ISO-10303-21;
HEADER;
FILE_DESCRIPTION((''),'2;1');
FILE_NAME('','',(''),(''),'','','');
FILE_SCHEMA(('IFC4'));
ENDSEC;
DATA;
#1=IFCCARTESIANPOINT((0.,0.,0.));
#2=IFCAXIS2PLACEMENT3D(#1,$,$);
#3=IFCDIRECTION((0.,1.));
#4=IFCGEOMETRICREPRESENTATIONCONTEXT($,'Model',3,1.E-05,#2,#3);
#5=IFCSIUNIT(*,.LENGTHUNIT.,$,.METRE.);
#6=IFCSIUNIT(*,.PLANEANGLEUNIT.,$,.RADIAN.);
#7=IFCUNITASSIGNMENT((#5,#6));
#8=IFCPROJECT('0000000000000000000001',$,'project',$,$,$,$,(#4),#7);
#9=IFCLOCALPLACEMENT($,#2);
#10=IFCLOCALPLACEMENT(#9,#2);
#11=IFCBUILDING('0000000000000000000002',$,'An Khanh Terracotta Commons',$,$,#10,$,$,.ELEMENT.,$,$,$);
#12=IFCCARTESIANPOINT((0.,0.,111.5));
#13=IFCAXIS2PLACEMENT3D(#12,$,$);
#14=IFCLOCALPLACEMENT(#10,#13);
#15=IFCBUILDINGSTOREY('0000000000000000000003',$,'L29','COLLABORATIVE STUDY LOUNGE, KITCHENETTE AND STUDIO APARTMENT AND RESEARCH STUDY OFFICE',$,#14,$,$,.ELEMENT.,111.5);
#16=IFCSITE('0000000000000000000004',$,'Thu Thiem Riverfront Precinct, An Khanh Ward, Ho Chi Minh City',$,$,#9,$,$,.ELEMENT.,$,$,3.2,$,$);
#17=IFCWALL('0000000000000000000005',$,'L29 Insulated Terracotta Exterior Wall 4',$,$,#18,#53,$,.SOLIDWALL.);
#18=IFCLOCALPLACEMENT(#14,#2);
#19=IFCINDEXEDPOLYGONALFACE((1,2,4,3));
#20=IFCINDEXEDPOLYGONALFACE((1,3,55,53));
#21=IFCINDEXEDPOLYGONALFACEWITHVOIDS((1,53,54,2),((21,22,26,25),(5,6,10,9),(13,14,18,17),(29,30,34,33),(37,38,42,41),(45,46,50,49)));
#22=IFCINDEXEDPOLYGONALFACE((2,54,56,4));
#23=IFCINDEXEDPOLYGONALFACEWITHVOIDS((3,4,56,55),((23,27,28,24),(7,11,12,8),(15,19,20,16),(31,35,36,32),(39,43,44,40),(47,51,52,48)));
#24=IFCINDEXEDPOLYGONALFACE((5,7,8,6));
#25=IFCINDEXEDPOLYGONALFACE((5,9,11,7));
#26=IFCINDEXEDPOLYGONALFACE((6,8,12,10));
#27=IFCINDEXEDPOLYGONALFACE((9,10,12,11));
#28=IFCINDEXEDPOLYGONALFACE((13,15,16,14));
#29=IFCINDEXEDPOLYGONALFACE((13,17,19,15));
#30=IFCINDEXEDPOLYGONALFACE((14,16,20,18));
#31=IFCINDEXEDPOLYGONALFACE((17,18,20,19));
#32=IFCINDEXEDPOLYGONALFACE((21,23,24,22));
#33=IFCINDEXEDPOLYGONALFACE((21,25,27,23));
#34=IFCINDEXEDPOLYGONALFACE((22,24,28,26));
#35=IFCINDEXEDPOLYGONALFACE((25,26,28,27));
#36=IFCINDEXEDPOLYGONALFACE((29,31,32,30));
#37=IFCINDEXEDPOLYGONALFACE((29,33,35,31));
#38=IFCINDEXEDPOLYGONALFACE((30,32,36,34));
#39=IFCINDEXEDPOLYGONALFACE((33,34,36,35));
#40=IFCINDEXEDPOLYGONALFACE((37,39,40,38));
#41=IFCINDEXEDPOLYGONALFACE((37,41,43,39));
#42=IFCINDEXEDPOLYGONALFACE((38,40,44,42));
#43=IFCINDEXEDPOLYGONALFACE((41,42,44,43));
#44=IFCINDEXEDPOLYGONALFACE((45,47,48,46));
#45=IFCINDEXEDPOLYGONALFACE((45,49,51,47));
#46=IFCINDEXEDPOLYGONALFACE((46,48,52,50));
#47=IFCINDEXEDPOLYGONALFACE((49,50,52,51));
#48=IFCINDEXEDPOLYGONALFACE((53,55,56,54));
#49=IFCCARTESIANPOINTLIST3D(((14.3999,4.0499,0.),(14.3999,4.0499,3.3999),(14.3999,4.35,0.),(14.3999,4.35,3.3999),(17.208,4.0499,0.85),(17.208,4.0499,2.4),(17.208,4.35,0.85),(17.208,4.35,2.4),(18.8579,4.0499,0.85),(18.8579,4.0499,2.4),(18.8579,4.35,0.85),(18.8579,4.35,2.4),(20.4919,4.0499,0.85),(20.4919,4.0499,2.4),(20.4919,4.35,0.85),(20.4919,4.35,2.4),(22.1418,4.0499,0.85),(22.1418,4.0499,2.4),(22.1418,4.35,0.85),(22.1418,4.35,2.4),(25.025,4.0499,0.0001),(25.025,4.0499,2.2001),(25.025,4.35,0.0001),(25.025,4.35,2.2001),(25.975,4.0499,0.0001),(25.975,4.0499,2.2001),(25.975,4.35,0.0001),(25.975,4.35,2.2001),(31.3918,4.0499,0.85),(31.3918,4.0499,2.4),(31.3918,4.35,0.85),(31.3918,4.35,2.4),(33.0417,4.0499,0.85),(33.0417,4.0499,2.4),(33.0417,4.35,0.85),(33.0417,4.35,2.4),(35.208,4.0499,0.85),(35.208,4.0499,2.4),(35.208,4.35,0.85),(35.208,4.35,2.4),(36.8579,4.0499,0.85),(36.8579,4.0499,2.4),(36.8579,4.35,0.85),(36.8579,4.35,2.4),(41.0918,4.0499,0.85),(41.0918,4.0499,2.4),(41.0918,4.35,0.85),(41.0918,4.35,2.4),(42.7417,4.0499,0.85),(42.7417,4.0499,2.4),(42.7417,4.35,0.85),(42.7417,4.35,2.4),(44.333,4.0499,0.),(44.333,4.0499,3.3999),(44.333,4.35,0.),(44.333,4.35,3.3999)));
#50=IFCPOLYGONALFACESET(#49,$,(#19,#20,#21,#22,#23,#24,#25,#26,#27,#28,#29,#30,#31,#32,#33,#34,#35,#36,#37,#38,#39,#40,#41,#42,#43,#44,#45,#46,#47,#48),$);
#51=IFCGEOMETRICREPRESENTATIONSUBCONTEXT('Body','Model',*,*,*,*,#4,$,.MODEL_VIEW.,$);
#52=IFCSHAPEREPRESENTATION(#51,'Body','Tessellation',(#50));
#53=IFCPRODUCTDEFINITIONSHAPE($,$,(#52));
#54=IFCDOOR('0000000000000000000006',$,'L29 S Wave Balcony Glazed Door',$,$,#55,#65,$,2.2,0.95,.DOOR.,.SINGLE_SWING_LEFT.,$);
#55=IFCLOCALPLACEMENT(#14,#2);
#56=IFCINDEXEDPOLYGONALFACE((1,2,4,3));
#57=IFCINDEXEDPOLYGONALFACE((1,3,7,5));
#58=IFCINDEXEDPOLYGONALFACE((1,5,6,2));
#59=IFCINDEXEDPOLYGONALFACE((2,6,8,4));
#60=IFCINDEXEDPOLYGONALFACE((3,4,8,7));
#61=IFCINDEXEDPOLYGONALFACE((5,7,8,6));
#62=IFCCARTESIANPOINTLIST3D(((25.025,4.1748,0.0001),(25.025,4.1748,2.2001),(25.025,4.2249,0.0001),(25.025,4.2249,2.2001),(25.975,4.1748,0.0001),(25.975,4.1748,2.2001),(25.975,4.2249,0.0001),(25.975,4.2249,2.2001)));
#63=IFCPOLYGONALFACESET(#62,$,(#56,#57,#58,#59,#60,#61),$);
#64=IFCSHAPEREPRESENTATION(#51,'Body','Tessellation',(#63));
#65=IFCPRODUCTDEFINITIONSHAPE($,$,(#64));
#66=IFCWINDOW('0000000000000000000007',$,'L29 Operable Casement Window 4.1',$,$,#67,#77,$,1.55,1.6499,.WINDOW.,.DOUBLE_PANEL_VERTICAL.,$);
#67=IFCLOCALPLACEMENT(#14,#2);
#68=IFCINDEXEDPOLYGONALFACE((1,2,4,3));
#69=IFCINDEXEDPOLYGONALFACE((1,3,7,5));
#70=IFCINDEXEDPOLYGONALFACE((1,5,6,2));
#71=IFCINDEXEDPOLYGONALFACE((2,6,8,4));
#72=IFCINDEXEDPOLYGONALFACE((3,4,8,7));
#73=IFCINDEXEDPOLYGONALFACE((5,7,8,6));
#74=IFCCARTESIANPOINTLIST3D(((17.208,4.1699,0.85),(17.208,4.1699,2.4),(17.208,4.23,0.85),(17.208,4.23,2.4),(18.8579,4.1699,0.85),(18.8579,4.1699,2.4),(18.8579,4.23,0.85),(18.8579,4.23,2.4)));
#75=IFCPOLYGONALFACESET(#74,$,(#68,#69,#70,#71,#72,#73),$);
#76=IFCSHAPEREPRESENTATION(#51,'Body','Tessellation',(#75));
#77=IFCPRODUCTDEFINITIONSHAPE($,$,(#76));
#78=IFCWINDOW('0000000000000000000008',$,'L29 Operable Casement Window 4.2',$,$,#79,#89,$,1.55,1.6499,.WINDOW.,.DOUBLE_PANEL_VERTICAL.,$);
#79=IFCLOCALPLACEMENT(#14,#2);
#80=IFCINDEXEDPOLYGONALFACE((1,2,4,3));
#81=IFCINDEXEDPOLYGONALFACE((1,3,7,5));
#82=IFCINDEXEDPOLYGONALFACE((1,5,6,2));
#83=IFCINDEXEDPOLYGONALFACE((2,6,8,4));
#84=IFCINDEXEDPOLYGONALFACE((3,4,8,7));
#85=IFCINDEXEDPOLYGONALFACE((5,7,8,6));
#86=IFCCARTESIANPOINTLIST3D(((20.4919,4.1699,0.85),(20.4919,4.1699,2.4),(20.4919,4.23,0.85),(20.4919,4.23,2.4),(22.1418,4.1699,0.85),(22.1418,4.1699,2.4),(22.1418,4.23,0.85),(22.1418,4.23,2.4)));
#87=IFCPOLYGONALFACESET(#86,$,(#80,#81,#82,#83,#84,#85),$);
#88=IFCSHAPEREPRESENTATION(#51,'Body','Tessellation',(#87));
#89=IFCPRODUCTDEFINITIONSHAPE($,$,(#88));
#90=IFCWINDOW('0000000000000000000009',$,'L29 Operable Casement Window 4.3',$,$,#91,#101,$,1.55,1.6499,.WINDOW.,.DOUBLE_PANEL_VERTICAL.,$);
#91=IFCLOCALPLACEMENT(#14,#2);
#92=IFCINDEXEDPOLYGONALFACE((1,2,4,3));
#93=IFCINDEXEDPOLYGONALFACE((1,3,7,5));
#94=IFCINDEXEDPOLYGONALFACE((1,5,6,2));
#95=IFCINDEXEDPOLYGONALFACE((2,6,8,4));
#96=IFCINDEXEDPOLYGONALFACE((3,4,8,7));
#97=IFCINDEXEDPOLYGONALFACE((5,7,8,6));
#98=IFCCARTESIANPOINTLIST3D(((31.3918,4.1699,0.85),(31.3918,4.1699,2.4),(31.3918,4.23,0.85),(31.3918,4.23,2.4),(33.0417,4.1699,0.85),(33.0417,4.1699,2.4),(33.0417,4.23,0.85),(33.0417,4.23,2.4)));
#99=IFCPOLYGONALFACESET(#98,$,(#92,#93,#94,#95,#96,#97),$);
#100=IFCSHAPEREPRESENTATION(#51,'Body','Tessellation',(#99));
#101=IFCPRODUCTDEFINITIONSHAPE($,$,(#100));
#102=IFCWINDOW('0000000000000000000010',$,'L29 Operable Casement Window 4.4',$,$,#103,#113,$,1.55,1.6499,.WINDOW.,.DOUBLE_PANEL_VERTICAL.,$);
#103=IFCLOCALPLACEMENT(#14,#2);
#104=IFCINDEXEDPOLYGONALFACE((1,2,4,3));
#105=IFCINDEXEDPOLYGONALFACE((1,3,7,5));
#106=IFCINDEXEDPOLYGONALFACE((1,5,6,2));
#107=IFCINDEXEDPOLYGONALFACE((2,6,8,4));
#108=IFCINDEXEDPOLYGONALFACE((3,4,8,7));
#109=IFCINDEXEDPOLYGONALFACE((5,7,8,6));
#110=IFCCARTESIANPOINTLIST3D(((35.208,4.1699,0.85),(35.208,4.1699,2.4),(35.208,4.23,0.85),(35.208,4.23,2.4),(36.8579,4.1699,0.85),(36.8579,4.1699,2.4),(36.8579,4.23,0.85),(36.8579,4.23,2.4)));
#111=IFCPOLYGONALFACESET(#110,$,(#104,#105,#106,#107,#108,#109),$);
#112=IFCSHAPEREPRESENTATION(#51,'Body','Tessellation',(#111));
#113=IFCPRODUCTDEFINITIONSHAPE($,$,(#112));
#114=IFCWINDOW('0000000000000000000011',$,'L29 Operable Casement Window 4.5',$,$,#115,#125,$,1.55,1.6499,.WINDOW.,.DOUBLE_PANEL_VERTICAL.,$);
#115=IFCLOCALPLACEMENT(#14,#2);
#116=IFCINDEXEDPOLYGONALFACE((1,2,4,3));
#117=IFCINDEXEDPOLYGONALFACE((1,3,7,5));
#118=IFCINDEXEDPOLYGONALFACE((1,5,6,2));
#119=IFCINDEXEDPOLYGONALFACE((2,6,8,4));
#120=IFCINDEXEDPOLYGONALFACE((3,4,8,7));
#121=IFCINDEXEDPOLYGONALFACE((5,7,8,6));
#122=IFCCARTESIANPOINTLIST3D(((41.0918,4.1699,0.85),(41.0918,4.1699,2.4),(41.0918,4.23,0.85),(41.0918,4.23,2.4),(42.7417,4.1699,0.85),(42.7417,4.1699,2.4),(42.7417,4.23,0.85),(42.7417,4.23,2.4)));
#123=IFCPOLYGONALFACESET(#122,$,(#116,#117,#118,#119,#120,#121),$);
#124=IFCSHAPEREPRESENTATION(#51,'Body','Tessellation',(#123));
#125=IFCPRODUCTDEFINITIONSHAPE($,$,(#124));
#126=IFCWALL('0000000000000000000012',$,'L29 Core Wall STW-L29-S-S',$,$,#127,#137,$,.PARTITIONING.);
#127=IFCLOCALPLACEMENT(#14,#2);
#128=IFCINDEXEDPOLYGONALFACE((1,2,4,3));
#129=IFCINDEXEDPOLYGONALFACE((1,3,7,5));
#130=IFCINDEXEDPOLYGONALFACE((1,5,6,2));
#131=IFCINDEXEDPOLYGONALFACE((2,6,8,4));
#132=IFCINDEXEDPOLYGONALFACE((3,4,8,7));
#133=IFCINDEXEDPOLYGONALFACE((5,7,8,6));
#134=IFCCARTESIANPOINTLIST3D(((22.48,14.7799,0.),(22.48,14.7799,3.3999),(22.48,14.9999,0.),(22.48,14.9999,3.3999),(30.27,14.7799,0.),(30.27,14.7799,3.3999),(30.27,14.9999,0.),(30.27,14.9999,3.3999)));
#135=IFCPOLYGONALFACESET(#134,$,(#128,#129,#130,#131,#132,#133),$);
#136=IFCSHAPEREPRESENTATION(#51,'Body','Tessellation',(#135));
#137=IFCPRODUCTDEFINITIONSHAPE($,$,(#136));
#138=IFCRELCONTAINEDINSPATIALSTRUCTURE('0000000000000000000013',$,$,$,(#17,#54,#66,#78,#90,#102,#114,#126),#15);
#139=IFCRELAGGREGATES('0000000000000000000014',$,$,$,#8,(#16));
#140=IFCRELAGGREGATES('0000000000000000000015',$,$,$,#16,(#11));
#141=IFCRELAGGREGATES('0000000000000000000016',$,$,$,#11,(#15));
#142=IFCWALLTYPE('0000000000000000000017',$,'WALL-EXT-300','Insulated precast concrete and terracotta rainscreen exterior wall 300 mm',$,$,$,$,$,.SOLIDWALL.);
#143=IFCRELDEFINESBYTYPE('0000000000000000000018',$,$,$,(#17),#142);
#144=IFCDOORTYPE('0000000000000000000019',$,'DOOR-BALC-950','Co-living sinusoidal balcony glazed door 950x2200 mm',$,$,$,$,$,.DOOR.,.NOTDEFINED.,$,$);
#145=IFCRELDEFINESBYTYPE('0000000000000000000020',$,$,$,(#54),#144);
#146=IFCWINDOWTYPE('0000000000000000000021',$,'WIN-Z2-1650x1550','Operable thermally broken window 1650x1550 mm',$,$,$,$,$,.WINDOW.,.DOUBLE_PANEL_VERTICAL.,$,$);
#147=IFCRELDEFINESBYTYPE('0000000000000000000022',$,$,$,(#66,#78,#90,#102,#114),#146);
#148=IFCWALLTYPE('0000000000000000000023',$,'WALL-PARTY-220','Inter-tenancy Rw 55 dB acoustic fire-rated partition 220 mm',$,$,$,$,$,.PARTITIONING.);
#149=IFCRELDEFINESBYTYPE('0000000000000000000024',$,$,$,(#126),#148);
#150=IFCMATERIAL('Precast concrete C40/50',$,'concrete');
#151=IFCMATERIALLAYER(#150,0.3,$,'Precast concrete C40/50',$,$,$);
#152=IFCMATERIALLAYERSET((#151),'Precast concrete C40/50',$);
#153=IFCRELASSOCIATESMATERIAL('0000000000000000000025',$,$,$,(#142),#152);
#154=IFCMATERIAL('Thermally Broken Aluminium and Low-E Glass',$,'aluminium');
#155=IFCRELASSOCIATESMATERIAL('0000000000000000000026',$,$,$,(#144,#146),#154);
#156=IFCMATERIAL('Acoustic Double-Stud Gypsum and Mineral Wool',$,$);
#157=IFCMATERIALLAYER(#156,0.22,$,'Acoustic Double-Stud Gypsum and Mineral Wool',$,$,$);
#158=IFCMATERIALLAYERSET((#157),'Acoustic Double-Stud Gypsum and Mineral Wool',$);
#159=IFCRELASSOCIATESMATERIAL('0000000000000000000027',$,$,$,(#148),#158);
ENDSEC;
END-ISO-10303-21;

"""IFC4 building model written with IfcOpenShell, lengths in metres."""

from ifc_helpers import new_model, si_unit, direction, frame, frame_2d, origin, place, context, subcontext, project, spatial, rectangle, extrude, material, layer, layer_set, type_object, element, fill, save


model = new_model("IFC4")

# Units and contexts
model_context = context("Model", 3, precision=1e-05, world=origin(), true_north=direction((0.0, 1.0)))
body_context = subcontext(model_context, "Body", "Model", "MODEL_VIEW")
ifc_project = project(units=[si_unit("LENGTHUNIT", "METRE"), si_unit("PLANEANGLEUNIT", "RADIAN")], contexts=[model_context])

# Site, building, storey
site_placement = place(None, origin())
site = spatial("IfcSite", under=ifc_project, at=site_placement, Name="Thu Thiem Riverfront Precinct, An Khanh Ward, Ho Chi Minh City", CompositionType="ELEMENT", RefElevation=3.2)
building_placement = place(site_placement, origin())
building = spatial("IfcBuilding", under=site, at=building_placement, Name="An Khanh Terracotta Commons", CompositionType="ELEMENT")
storey_placement = place(building_placement, frame((0.0, 0.0, 111.5)))
storey = spatial("IfcBuildingStorey", under=building, at=storey_placement, Name="L29", Description="COLLABORATIVE STUDY LOUNGE, KITCHENETTE AND STUDIO APARTMENT AND RESEARCH STUDY OFFICE", CompositionType="ELEMENT", Elevation=111.5)

# Shared definitions
ifc_material_1 = material(Name="Precast concrete C40/50", Category="concrete")
ifc_layer_1 = layer(ifc_material_1, 0.3, Name="Precast concrete C40/50")
ifc_layer_set_1 = layer_set([ifc_layer_1], Name="Precast concrete C40/50")
wall_type_1 = type_object("IfcWallType", Name="WALL-EXT-300", Description="Insulated precast concrete and terracotta rainscreen exterior wall 300 mm", PredefinedType="SOLIDWALL", material=ifc_layer_set_1)

# Wall, openings, door, windows
wall_1_placement = place(storey_placement, frame((14.3999, 4.2, 0.0), z_axis=(0.0, 0.0, 1.0), x_axis=(1.0, 0.0, 0.0)))
wall_1 = element("IfcWall", 1, at=wall_1_placement, inside=storey, type_object=wall_type_1, Name="L29 Insulated Terracotta Exterior Wall 4", PredefinedType="SOLIDWALL", context=body_context, shape_type="SweptSolid", body=[
    extrude(rectangle(XDim=29.9331, YDim=0.3, at=frame_2d((14.9666, 0.0))), origin(), (0.0, 0.0, 1.0), 3.3999),
])
opening_1_placement = place(wall_1_placement, frame((10.625, 0.0, 0.0)))
opening_1 = element("IfcOpeningElement", 2, at=opening_1_placement, cuts=wall_1, PredefinedType="OPENING", context=body_context, shape_type="SweptSolid", body=[
    extrude(rectangle(XDim=0.95, YDim=2.2, at=frame_2d((0.4751, 1.1001))), frame((0.0, 0.1599, 0.0), z_axis=(0.0, -1.0, 0.0), x_axis=(1.0, 0.0, 0.0)), (0.0, 0.0, 1.0), 0.3201),
])
opening_2_placement = place(wall_1_placement, frame((2.8081, 0.0, 0.8501)))
opening_2 = element("IfcOpeningElement", 3, at=opening_2_placement, cuts=wall_1, PredefinedType="OPENING", context=body_context, shape_type="SweptSolid", body=[
    extrude(rectangle(XDim=1.6499, YDim=1.55, at=frame_2d((0.825, 0.7749))), frame((0.0, 0.1599, 0.0), z_axis=(0.0, -1.0, 0.0), x_axis=(1.0, 0.0, 0.0)), (0.0, 0.0, 1.0), 0.3201),
])
opening_3_placement = place(wall_1_placement, frame((6.092, 0.0, 0.8501)))
opening_3 = element("IfcOpeningElement", 4, at=opening_3_placement, cuts=wall_1, PredefinedType="OPENING", context=body_context, shape_type="SweptSolid", body=[
    extrude(rectangle(XDim=1.6499, YDim=1.55, at=frame_2d((0.825, 0.7749))), frame((0.0, 0.1599, 0.0), z_axis=(0.0, -1.0, 0.0), x_axis=(1.0, 0.0, 0.0)), (0.0, 0.0, 1.0), 0.3201),
])
opening_4_placement = place(wall_1_placement, frame((16.9919, 0.0, 0.8501)))
opening_4 = element("IfcOpeningElement", 5, at=opening_4_placement, cuts=wall_1, PredefinedType="OPENING", context=body_context, shape_type="SweptSolid", body=[
    extrude(rectangle(XDim=1.6499, YDim=1.55, at=frame_2d((0.825, 0.7749))), frame((0.0, 0.1599, 0.0), z_axis=(0.0, -1.0, 0.0), x_axis=(1.0, 0.0, 0.0)), (0.0, 0.0, 1.0), 0.3201),
])
opening_5_placement = place(wall_1_placement, frame((20.8081, 0.0, 0.8501)))
opening_5 = element("IfcOpeningElement", 6, at=opening_5_placement, cuts=wall_1, PredefinedType="OPENING", context=body_context, shape_type="SweptSolid", body=[
    extrude(rectangle(XDim=1.6499, YDim=1.55, at=frame_2d((0.825, 0.7749))), frame((0.0, 0.1599, 0.0), z_axis=(0.0, -1.0, 0.0), x_axis=(1.0, 0.0, 0.0)), (0.0, 0.0, 1.0), 0.3201),
])
opening_6_placement = place(wall_1_placement, frame((26.6919, 0.0, 0.8501)))
opening_6 = element("IfcOpeningElement", 7, at=opening_6_placement, cuts=wall_1, PredefinedType="OPENING", context=body_context, shape_type="SweptSolid", body=[
    extrude(rectangle(XDim=1.6499, YDim=1.55, at=frame_2d((0.825, 0.7749))), frame((0.0, 0.1599, 0.0), z_axis=(0.0, -1.0, 0.0), x_axis=(1.0, 0.0, 0.0)), (0.0, 0.0, 1.0), 0.3201),
])
ifc_material_2 = material(Name="Thermally Broken Aluminium and Low-E Glass", Category="aluminium")
door_type_1 = type_object("IfcDoorType", Name="DOOR-BALC-950", Description="Co-living sinusoidal balcony glazed door 950x2200 mm", OperationType="NOTDEFINED", PredefinedType="DOOR", material=ifc_material_2)
door_1_placement = place(opening_1_placement, origin())
door_1 = element("IfcDoor", 8, at=door_1_placement, inside=storey, type_object=door_type_1, Name="L29 S Wave Balcony Glazed Door", OperationType="SINGLE_SWING_LEFT", OverallHeight=2.2, OverallWidth=0.95, PredefinedType="DOOR", context=body_context, shape_type="SweptSolid", body=[
    extrude(rectangle(XDim=0.95, YDim=2.2, at=frame_2d((0.4751, 1.1001))), frame((0.0, 0.0249, 0.0), z_axis=(0.0, -1.0, 0.0), x_axis=(1.0, 0.0, 0.0)), (0.0, 0.0, 1.0), 0.05),
])
fill(opening_1, door_1)
window_type = type_object("IfcWindowType", Name="WIN-Z2-1650x1550", Description="Operable thermally broken window 1650x1550 mm", PartitioningType="DOUBLE_PANEL_VERTICAL", PredefinedType="WINDOW", material=ifc_material_2)
window_1_placement = place(opening_2_placement, origin())
window_1 = element("IfcWindow", 9, at=window_1_placement, inside=storey, type_object=window_type, Name="L29 Operable Casement Window 4.1", OverallHeight=1.55, OverallWidth=1.6499, PartitioningType="DOUBLE_PANEL_VERTICAL", PredefinedType="WINDOW", context=body_context, shape_type="SweptSolid", body=[
    extrude(rectangle(XDim=1.6499, YDim=1.55, at=frame_2d((0.825, 0.7749))), frame((0.0, 0.03, 0.0), z_axis=(0.0, -1.0, 0.0), x_axis=(1.0, 0.0, 0.0)), (0.0, 0.0, 1.0), 0.0601),
])
fill(opening_2, window_1)
window_2_placement = place(opening_3_placement, origin())
window_2 = element("IfcWindow", 10, at=window_2_placement, inside=storey, type_object=window_type, Name="L29 Operable Casement Window 4.2", OverallHeight=1.55, OverallWidth=1.6499, PartitioningType="DOUBLE_PANEL_VERTICAL", PredefinedType="WINDOW", context=body_context, shape_type="SweptSolid", body=[
    extrude(rectangle(XDim=1.6499, YDim=1.55, at=frame_2d((0.825, 0.7749))), frame((0.0, 0.03, 0.0), z_axis=(0.0, -1.0, 0.0), x_axis=(1.0, 0.0, 0.0)), (0.0, 0.0, 1.0), 0.0601),
])
fill(opening_3, window_2)
window_3_placement = place(opening_4_placement, origin())
window_3 = element("IfcWindow", 11, at=window_3_placement, inside=storey, type_object=window_type, Name="L29 Operable Casement Window 4.3", OverallHeight=1.55, OverallWidth=1.6499, PartitioningType="DOUBLE_PANEL_VERTICAL", PredefinedType="WINDOW", context=body_context, shape_type="SweptSolid", body=[
    extrude(rectangle(XDim=1.6499, YDim=1.55, at=frame_2d((0.825, 0.7749))), frame((0.0, 0.03, 0.0), z_axis=(0.0, -1.0, 0.0), x_axis=(1.0, 0.0, 0.0)), (0.0, 0.0, 1.0), 0.0601),
])
fill(opening_4, window_3)
window_4_placement = place(opening_5_placement, origin())
window_4 = element("IfcWindow", 12, at=window_4_placement, inside=storey, type_object=window_type, Name="L29 Operable Casement Window 4.4", OverallHeight=1.55, OverallWidth=1.6499, PartitioningType="DOUBLE_PANEL_VERTICAL", PredefinedType="WINDOW", context=body_context, shape_type="SweptSolid", body=[
    extrude(rectangle(XDim=1.6499, YDim=1.55, at=frame_2d((0.825, 0.7749))), frame((0.0, 0.03, 0.0), z_axis=(0.0, -1.0, 0.0), x_axis=(1.0, 0.0, 0.0)), (0.0, 0.0, 1.0), 0.0601),
])
fill(opening_5, window_4)
window_5_placement = place(opening_6_placement, origin())
window_5 = element("IfcWindow", 13, at=window_5_placement, inside=storey, type_object=window_type, Name="L29 Operable Casement Window 4.5", OverallHeight=1.55, OverallWidth=1.6499, PartitioningType="DOUBLE_PANEL_VERTICAL", PredefinedType="WINDOW", context=body_context, shape_type="SweptSolid", body=[
    extrude(rectangle(XDim=1.6499, YDim=1.55, at=frame_2d((0.825, 0.7749))), frame((0.0, 0.03, 0.0), z_axis=(0.0, -1.0, 0.0), x_axis=(1.0, 0.0, 0.0)), (0.0, 0.0, 1.0), 0.0601),
])
fill(opening_6, window_5)

# Wall
ifc_material_3 = material(Name="Acoustic Double-Stud Gypsum and Mineral Wool")
ifc_layer_2 = layer(ifc_material_3, 0.22, Name="Acoustic Double-Stud Gypsum and Mineral Wool")
ifc_layer_set_2 = layer_set([ifc_layer_2], Name="Acoustic Double-Stud Gypsum and Mineral Wool")
wall_type_2 = type_object("IfcWallType", Name="WALL-PARTY-220", Description="Inter-tenancy Rw 55 dB acoustic fire-rated partition 220 mm", PredefinedType="PARTITIONING", material=ifc_layer_set_2)
wall_2_placement = place(storey_placement, frame((22.48, 14.8899, 0.0), z_axis=(0.0, 0.0, 1.0), x_axis=(1.0, 0.0, 0.0)))
element("IfcWall", 14, at=wall_2_placement, inside=storey, type_object=wall_type_2, Name="L29 Core Wall STW-L29-S-S", PredefinedType="PARTITIONING", context=body_context, shape_type="SweptSolid", body=[
    extrude(rectangle(XDim=7.79, YDim=0.22, at=frame_2d((3.895, 0.0))), origin(), (0.0, 0.0, 1.0), 3.3999),
])

save(model, "model.ifc")
